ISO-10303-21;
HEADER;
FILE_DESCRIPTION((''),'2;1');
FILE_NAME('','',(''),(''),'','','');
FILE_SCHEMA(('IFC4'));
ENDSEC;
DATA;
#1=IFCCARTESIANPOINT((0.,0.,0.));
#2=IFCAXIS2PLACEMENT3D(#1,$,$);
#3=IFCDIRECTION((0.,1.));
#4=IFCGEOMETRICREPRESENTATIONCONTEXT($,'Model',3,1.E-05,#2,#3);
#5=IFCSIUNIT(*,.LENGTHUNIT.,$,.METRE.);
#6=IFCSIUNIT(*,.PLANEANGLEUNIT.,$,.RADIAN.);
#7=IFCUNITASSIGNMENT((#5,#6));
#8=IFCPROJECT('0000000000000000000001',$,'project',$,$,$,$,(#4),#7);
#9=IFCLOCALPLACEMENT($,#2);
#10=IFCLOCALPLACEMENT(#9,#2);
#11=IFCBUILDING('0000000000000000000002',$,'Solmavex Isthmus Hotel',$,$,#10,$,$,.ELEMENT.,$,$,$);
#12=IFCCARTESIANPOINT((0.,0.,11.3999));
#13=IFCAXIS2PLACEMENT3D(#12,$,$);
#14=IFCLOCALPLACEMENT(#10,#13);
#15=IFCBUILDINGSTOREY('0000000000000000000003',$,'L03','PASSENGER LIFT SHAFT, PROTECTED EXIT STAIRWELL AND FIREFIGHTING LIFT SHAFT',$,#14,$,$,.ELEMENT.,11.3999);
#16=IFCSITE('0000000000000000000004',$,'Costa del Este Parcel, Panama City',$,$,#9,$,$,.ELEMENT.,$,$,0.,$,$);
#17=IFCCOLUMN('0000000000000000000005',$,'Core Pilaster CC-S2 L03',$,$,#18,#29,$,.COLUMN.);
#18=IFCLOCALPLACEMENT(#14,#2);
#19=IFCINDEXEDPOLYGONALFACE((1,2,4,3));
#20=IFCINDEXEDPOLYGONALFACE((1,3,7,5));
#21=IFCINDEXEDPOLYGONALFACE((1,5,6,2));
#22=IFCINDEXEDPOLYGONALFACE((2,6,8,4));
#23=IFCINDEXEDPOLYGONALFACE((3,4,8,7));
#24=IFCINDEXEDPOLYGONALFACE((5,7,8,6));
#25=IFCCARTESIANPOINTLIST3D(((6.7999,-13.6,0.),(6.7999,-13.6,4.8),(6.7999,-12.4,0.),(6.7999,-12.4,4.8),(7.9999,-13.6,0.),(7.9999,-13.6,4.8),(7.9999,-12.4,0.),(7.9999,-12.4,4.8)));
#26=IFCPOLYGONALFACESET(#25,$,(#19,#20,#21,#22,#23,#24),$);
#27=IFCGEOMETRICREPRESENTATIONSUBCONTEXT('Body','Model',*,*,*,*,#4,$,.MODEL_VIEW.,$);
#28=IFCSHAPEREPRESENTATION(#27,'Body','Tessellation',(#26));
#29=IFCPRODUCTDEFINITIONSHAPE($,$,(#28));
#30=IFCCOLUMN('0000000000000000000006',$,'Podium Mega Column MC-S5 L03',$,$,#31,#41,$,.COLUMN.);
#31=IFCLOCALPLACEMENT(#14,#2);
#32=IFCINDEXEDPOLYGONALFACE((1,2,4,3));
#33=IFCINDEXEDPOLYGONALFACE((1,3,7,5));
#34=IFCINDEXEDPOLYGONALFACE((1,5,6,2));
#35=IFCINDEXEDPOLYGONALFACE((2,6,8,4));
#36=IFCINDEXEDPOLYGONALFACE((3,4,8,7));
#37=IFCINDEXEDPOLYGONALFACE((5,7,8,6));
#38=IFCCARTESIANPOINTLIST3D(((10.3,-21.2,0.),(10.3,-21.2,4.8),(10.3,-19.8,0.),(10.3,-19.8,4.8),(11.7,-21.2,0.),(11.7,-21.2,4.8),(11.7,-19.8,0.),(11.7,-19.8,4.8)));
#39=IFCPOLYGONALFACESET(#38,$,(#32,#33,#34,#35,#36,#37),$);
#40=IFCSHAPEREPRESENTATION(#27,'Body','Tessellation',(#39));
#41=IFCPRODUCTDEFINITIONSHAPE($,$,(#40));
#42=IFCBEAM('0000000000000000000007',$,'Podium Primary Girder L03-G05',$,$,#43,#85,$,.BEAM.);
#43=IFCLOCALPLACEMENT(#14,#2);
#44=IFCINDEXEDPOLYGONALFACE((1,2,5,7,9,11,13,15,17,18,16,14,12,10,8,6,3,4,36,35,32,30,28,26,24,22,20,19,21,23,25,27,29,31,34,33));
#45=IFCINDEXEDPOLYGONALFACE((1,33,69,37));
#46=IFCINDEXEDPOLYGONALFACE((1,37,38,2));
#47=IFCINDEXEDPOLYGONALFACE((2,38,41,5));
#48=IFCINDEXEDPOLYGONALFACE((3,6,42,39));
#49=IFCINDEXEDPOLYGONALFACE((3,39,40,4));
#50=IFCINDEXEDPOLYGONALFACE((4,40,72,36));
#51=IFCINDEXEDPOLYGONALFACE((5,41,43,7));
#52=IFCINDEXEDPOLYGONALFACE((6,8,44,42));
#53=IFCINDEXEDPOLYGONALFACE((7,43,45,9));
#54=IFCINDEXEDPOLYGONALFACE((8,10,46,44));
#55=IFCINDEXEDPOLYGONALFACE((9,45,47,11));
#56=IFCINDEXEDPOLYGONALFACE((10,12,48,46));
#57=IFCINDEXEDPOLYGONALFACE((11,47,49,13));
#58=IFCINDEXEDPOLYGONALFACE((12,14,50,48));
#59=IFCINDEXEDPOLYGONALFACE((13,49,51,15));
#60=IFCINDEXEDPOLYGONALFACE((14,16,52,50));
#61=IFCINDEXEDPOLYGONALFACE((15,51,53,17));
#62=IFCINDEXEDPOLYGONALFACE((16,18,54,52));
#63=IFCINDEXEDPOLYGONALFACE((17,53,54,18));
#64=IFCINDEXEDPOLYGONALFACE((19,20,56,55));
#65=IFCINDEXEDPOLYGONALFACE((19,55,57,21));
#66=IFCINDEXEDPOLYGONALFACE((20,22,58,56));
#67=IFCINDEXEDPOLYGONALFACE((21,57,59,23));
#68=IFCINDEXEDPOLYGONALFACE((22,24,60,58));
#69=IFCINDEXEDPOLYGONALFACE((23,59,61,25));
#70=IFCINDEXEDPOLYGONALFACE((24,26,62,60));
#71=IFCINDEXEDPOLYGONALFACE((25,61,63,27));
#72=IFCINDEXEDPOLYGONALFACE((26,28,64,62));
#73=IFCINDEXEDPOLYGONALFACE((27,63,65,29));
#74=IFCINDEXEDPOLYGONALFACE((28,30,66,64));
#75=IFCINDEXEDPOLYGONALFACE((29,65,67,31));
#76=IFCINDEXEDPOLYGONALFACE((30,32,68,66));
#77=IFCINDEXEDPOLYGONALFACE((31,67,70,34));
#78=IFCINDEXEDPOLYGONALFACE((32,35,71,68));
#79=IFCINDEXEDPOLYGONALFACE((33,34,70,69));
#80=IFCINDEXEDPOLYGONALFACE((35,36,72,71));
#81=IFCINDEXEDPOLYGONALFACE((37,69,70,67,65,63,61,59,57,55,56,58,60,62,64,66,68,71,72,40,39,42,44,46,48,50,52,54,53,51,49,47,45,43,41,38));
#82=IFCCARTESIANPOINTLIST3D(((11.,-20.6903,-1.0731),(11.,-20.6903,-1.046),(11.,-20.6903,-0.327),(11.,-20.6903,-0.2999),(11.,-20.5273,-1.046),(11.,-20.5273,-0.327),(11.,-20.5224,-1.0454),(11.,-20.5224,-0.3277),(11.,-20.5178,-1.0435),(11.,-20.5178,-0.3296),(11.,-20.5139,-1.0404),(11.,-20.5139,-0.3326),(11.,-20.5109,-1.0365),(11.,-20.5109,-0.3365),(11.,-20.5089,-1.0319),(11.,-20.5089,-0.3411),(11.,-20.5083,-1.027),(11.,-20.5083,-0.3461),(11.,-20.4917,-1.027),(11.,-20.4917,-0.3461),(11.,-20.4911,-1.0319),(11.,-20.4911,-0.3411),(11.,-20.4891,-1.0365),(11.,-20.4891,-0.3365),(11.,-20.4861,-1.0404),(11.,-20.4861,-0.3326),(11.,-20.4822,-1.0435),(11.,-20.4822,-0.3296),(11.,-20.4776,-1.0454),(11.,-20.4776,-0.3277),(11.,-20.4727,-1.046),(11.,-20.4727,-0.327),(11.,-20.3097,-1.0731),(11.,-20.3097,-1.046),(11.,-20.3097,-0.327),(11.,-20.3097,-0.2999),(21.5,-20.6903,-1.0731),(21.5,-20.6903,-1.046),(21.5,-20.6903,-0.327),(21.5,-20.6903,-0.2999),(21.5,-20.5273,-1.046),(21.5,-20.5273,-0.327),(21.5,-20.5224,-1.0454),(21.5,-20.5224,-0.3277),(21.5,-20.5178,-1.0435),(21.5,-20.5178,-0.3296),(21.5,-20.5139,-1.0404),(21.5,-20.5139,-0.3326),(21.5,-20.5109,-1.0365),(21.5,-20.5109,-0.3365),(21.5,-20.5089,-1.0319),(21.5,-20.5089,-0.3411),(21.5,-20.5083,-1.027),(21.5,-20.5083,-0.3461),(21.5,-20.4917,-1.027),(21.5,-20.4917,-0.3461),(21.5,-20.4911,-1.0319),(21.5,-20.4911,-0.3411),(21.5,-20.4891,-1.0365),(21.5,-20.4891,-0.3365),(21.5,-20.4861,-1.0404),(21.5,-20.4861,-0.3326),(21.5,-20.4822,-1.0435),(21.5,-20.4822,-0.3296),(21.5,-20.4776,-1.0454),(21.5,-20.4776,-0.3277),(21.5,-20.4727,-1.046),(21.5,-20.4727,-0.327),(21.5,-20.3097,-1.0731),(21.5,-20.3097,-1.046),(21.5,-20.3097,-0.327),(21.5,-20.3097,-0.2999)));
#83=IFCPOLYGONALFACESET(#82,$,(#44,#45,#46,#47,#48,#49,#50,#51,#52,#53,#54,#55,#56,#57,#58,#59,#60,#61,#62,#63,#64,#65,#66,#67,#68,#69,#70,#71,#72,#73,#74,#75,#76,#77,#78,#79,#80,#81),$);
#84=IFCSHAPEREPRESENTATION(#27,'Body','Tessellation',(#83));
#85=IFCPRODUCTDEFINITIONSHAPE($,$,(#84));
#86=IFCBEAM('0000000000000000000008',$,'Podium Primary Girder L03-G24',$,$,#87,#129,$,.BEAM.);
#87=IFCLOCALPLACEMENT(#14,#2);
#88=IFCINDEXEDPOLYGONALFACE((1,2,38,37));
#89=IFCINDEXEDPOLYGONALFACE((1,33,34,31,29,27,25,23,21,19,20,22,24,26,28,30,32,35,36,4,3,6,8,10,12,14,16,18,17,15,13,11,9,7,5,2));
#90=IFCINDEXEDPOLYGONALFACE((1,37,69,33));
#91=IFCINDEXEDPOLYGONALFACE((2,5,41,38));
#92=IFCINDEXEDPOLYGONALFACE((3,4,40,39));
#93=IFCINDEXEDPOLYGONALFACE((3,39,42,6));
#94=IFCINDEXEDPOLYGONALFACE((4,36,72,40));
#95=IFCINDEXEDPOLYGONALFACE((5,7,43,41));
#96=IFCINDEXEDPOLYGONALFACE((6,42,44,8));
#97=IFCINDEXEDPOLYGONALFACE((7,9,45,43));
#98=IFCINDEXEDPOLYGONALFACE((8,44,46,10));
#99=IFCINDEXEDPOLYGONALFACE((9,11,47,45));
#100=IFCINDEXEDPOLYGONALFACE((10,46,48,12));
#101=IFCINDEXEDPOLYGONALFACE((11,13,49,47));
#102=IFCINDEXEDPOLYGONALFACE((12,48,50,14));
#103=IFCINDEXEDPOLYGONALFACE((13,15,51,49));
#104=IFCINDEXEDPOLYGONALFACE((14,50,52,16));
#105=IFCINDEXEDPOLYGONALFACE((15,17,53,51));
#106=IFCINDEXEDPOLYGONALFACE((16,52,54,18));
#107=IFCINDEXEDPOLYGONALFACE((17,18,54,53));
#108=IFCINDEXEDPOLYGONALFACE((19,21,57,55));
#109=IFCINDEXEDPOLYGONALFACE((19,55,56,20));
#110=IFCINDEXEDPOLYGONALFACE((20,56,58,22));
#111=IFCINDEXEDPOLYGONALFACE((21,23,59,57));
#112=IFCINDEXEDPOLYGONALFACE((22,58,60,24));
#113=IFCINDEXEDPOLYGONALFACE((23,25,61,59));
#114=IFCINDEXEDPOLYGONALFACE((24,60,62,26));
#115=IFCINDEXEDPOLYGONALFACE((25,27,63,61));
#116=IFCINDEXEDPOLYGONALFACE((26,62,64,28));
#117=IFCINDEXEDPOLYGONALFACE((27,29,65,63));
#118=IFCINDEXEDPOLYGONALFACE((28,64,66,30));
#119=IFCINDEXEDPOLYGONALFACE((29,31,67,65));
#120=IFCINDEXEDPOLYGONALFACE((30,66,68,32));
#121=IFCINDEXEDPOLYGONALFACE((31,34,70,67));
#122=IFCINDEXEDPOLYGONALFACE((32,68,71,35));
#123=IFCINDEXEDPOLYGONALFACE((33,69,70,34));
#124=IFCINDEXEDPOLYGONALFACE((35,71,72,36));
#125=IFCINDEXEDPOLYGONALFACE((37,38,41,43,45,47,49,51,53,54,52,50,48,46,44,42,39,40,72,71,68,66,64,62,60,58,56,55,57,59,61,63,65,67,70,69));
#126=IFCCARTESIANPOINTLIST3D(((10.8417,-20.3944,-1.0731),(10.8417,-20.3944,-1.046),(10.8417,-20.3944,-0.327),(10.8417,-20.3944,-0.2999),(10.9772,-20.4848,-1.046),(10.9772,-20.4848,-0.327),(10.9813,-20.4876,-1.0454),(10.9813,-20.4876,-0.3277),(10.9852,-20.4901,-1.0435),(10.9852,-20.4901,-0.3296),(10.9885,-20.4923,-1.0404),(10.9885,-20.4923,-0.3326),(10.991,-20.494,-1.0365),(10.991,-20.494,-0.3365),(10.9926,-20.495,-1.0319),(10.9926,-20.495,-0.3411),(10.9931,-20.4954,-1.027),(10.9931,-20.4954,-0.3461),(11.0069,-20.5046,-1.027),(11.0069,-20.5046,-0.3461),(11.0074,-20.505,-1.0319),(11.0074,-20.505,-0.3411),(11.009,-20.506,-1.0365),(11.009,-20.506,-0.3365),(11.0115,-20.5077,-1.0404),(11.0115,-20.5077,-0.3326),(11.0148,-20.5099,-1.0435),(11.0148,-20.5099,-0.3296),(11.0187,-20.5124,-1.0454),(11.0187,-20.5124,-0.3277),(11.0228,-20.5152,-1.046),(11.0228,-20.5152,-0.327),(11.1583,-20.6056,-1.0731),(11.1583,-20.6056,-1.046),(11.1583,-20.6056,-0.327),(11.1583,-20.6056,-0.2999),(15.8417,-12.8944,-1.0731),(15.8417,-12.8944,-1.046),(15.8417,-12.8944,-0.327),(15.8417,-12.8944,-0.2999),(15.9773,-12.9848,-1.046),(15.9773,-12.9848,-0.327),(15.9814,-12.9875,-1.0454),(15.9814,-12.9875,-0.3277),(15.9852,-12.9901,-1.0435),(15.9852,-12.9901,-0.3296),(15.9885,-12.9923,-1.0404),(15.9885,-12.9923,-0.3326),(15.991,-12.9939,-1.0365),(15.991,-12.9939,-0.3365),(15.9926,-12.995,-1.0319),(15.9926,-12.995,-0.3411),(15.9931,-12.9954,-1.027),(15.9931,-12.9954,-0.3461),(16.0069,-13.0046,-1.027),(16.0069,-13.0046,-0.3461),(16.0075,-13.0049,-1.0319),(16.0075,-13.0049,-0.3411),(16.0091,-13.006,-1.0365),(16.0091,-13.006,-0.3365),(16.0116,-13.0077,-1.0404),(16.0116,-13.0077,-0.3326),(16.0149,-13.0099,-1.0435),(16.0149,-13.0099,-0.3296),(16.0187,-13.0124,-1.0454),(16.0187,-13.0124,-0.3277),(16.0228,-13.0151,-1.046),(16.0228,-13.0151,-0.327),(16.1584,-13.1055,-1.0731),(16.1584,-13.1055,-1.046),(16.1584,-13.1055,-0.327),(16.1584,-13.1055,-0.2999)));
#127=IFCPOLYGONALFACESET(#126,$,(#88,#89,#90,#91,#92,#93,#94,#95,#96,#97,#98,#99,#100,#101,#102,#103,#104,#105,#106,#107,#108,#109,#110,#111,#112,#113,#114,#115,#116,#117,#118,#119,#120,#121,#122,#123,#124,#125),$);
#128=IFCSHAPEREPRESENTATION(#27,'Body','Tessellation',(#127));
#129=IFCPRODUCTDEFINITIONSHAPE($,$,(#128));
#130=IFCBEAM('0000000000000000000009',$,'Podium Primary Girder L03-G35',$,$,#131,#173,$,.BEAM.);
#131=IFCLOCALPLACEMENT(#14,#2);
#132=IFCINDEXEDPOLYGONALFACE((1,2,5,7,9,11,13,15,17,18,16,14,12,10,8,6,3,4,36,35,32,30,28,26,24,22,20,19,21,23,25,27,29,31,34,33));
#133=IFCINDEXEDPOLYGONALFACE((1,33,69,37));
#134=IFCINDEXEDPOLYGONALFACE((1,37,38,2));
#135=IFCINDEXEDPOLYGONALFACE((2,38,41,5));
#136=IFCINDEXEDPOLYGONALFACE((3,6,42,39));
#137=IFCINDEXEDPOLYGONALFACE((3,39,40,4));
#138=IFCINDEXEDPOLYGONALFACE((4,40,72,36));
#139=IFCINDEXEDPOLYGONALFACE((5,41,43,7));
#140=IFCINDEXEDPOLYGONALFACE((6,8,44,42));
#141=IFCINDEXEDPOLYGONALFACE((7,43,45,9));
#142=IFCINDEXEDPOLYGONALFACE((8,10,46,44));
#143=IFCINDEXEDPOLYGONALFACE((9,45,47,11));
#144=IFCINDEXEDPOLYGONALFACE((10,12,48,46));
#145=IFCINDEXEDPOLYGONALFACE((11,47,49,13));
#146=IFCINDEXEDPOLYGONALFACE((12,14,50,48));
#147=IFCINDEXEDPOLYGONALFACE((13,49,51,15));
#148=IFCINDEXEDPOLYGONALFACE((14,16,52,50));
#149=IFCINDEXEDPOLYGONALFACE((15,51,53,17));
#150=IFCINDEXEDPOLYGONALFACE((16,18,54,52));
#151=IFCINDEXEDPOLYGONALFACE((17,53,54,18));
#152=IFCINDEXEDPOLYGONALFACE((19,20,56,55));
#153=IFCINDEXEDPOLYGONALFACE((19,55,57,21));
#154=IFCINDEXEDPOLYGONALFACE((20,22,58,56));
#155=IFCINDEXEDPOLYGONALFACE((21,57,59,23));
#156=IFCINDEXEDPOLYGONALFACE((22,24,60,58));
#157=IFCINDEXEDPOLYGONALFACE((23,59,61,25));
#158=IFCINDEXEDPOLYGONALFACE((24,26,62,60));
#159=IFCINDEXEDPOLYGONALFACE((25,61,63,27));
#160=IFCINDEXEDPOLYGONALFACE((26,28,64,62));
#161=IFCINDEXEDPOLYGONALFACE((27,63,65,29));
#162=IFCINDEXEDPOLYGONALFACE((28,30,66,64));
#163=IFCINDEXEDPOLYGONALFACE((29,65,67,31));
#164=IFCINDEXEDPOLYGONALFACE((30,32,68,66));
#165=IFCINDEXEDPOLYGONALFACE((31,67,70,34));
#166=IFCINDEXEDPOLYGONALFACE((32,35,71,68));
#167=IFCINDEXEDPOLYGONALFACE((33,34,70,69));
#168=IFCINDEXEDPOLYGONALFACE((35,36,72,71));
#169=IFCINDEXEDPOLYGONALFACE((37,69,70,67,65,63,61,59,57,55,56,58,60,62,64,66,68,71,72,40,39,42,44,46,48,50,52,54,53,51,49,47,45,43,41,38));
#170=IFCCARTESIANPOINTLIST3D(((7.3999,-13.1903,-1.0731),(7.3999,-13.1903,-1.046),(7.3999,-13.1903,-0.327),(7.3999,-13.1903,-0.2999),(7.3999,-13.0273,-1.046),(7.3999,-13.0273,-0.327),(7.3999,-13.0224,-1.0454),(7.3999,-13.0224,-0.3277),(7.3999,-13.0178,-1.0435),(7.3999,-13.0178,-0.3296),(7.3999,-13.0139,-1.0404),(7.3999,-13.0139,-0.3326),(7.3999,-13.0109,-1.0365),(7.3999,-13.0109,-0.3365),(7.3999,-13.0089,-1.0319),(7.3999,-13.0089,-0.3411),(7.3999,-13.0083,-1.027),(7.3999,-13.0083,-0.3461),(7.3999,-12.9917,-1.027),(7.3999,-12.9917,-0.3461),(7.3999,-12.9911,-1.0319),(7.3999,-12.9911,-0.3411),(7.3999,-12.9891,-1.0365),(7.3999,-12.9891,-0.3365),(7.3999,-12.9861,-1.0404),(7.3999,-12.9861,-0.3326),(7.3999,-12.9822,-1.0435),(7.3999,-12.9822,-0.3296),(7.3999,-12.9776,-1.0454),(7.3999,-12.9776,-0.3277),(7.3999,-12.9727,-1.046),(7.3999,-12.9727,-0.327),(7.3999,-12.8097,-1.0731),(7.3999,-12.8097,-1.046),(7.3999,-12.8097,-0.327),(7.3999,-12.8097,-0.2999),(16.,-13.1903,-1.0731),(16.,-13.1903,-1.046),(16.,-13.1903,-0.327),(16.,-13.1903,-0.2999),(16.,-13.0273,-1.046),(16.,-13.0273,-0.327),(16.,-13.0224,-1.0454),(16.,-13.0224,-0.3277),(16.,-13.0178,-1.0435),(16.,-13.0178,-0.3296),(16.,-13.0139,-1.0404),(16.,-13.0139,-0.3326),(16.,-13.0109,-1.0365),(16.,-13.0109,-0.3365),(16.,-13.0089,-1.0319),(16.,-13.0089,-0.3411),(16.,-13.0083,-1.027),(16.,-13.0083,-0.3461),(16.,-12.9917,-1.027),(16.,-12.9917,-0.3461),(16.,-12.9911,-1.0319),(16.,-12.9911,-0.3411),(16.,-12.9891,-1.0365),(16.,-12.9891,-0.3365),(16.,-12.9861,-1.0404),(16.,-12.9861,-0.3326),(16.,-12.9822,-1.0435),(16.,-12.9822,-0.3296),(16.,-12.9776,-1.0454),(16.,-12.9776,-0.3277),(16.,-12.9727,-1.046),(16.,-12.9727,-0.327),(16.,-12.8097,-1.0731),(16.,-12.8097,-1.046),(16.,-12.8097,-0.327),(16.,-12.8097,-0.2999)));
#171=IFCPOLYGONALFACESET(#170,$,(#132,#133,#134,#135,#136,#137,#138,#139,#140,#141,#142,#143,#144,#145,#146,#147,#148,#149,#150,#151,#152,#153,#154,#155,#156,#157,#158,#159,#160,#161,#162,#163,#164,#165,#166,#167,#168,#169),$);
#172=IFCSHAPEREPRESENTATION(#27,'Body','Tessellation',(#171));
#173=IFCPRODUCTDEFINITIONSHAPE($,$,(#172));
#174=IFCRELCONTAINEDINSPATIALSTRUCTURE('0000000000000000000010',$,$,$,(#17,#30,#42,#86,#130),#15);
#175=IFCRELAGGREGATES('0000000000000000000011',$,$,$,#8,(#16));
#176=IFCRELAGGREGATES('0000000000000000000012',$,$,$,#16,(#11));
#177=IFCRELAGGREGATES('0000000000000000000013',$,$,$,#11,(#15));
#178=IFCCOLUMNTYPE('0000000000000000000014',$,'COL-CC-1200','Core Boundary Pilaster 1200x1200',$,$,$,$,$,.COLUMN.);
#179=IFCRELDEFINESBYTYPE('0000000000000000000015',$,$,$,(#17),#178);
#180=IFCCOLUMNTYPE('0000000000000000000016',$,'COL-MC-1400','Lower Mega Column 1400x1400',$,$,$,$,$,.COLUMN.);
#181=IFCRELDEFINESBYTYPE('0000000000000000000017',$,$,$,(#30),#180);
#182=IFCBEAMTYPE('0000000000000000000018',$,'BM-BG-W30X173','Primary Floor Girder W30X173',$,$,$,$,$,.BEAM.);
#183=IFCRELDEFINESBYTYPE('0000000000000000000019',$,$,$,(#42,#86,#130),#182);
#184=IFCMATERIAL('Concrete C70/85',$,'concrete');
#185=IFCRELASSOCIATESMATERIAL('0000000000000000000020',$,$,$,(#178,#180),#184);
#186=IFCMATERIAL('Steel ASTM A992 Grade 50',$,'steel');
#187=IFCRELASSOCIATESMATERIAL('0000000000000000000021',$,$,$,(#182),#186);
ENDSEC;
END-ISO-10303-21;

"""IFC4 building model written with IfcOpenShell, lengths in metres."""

from ifc_helpers import new_model, si_unit, direction, frame, origin, origin_2d, place, context, subcontext, project, spatial, rectangle, i_section, extrude, material, material_profile, profile_set, type_object, element, save


model = new_model("IFC4")

# Units and contexts
model_context = context("Model", 3, precision=1e-05, world=origin(), true_north=direction((0.0, 1.0)))
body_context = subcontext(model_context, "Body", "Model", "MODEL_VIEW")
ifc_project = project(units=[si_unit("LENGTHUNIT", "METRE"), si_unit("PLANEANGLEUNIT", "RADIAN")], contexts=[model_context])

# Site, building, storey
site_placement = place(None, origin())
site = spatial("IfcSite", under=ifc_project, at=site_placement, Name="Costa del Este Parcel, Panama City", CompositionType="ELEMENT", RefElevation=0.0)
building_placement = place(site_placement, origin())
building = spatial("IfcBuilding", under=site, at=building_placement, Name="Solmavex Isthmus Hotel", CompositionType="ELEMENT")
storey_placement = place(building_placement, frame((0.0, 0.0, 11.3999)))
storey = spatial("IfcBuildingStorey", under=building, at=storey_placement, Name="L03", Description="PASSENGER LIFT SHAFT, PROTECTED EXIT STAIRWELL AND FIREFIGHTING LIFT SHAFT", CompositionType="ELEMENT", Elevation=11.3999)

# Columns
ifc_material_1 = material(Name="Concrete C70/85", Category="concrete")
ifc_material_profile_1 = material_profile(ifc_material_1, rectangle(XDim=1.2, YDim=1.2, at=origin_2d()), Name="RC1200X1200")
ifc_profile_set_1 = profile_set([ifc_material_profile_1], Name="Concrete C70/85")
column_type_1 = type_object("IfcColumnType", Name="COL-CC-1200", Description="Core Boundary Pilaster 1200x1200", PredefinedType="COLUMN", material=ifc_profile_set_1)
column_1_placement = place(storey_placement, frame((7.3999, -13.0, 0.0), z_axis=(0.0, 0.0, 1.0), x_axis=(1.0, 0.0, 0.0)))
element("IfcColumn", 1, at=column_1_placement, inside=storey, type_object=column_type_1, Name="Core Pilaster CC-S2 L03", PredefinedType="COLUMN", context=body_context, shape_type="SweptSolid", body=[
    extrude(rectangle(XDim=1.2, YDim=1.2, at=origin_2d()), origin(), (0.0, 0.0, 1.0), 4.8),
])
ifc_material_profile_2 = material_profile(ifc_material_1, rectangle(XDim=1.3999, YDim=1.3999, at=origin_2d()), Name="RC1400X1400")
ifc_profile_set_2 = profile_set([ifc_material_profile_2], Name="Concrete C70/85")
column_type_2 = type_object("IfcColumnType", Name="COL-MC-1400", Description="Lower Mega Column 1400x1400", PredefinedType="COLUMN", material=ifc_profile_set_2)
column_2_placement = place(storey_placement, frame((11.0, -20.5, 0.0), z_axis=(0.0, 0.0, 1.0), x_axis=(1.0, 0.0, 0.0)))
element("IfcColumn", 2, at=column_2_placement, inside=storey, type_object=column_type_2, Name="Podium Mega Column MC-S5 L03", PredefinedType="COLUMN", context=body_context, shape_type="SweptSolid", body=[
    extrude(rectangle(XDim=1.3999, YDim=1.3999, at=origin_2d()), origin(), (0.0, 0.0, 1.0), 4.8),
])

# Beams
ifc_material_2 = material(Name="Steel ASTM A992 Grade 50", Category="steel")
ifc_material_profile_3 = material_profile(ifc_material_2, i_section(OverallWidth=0.3806, OverallDepth=0.7732, WebThickness=0.0166, FlangeThickness=0.0271, FilletRadius=0.019, at=origin_2d()), Name="W30X173")
ifc_profile_set_3 = profile_set([ifc_material_profile_3], Name="Steel ASTM A992 Grade 50")
beam_type_1 = type_object("IfcBeamType", Name="BM-BG-W30X173", Description="Primary Floor Girder W30X173", PredefinedType="BEAM", material=ifc_profile_set_3)
beam_1_placement = place(storey_placement, frame((11.0, -20.5, -0.6865), z_axis=(1.0, 0.0, 0.0), x_axis=(0.0, 1.0, 0.0)))
element("IfcBeam", 3, at=beam_1_placement, inside=storey, type_object=beam_type_1, Name="Podium Primary Girder L03-G05", PredefinedType="BEAM", context=body_context, shape_type="SweptSolid", body=[
    extrude(i_section(OverallWidth=0.3806, OverallDepth=0.7732, WebThickness=0.0166, FlangeThickness=0.0271, FilletRadius=0.019, at=origin_2d()), origin(), (0.0, 0.0, 1.0), 10.5),
])
beam_2_placement = place(storey_placement, frame((11.0, -20.5, -0.6865), z_axis=(0.5547, 0.83205, 0.0), x_axis=(-0.83205, 0.5547, 0.0)))
element("IfcBeam", 4, at=beam_2_placement, inside=storey, type_object=beam_type_1, Name="Podium Primary Girder L03-G24", PredefinedType="BEAM", context=body_context, shape_type="SweptSolid", body=[
    extrude(i_section(OverallWidth=0.3806, OverallDepth=0.7732, WebThickness=0.0166, FlangeThickness=0.0271, FilletRadius=0.019, at=origin_2d()), origin(), (0.0, 0.0, 1.0), 9.0139),
])
beam_3_placement = place(storey_placement, frame((7.3999, -13.0, -0.6865), z_axis=(1.0, 0.0, 0.0), x_axis=(0.0, 1.0, 0.0)))
element("IfcBeam", 5, at=beam_3_placement, inside=storey, type_object=beam_type_1, Name="Podium Primary Girder L03-G35", PredefinedType="BEAM", context=body_context, shape_type="SweptSolid", body=[
    extrude(i_section(OverallWidth=0.3806, OverallDepth=0.7732, WebThickness=0.0166, FlangeThickness=0.0271, FilletRadius=0.019, at=origin_2d()), origin(), (0.0, 0.0, 1.0), 8.6001),
])

save(model, "model.ifc")
